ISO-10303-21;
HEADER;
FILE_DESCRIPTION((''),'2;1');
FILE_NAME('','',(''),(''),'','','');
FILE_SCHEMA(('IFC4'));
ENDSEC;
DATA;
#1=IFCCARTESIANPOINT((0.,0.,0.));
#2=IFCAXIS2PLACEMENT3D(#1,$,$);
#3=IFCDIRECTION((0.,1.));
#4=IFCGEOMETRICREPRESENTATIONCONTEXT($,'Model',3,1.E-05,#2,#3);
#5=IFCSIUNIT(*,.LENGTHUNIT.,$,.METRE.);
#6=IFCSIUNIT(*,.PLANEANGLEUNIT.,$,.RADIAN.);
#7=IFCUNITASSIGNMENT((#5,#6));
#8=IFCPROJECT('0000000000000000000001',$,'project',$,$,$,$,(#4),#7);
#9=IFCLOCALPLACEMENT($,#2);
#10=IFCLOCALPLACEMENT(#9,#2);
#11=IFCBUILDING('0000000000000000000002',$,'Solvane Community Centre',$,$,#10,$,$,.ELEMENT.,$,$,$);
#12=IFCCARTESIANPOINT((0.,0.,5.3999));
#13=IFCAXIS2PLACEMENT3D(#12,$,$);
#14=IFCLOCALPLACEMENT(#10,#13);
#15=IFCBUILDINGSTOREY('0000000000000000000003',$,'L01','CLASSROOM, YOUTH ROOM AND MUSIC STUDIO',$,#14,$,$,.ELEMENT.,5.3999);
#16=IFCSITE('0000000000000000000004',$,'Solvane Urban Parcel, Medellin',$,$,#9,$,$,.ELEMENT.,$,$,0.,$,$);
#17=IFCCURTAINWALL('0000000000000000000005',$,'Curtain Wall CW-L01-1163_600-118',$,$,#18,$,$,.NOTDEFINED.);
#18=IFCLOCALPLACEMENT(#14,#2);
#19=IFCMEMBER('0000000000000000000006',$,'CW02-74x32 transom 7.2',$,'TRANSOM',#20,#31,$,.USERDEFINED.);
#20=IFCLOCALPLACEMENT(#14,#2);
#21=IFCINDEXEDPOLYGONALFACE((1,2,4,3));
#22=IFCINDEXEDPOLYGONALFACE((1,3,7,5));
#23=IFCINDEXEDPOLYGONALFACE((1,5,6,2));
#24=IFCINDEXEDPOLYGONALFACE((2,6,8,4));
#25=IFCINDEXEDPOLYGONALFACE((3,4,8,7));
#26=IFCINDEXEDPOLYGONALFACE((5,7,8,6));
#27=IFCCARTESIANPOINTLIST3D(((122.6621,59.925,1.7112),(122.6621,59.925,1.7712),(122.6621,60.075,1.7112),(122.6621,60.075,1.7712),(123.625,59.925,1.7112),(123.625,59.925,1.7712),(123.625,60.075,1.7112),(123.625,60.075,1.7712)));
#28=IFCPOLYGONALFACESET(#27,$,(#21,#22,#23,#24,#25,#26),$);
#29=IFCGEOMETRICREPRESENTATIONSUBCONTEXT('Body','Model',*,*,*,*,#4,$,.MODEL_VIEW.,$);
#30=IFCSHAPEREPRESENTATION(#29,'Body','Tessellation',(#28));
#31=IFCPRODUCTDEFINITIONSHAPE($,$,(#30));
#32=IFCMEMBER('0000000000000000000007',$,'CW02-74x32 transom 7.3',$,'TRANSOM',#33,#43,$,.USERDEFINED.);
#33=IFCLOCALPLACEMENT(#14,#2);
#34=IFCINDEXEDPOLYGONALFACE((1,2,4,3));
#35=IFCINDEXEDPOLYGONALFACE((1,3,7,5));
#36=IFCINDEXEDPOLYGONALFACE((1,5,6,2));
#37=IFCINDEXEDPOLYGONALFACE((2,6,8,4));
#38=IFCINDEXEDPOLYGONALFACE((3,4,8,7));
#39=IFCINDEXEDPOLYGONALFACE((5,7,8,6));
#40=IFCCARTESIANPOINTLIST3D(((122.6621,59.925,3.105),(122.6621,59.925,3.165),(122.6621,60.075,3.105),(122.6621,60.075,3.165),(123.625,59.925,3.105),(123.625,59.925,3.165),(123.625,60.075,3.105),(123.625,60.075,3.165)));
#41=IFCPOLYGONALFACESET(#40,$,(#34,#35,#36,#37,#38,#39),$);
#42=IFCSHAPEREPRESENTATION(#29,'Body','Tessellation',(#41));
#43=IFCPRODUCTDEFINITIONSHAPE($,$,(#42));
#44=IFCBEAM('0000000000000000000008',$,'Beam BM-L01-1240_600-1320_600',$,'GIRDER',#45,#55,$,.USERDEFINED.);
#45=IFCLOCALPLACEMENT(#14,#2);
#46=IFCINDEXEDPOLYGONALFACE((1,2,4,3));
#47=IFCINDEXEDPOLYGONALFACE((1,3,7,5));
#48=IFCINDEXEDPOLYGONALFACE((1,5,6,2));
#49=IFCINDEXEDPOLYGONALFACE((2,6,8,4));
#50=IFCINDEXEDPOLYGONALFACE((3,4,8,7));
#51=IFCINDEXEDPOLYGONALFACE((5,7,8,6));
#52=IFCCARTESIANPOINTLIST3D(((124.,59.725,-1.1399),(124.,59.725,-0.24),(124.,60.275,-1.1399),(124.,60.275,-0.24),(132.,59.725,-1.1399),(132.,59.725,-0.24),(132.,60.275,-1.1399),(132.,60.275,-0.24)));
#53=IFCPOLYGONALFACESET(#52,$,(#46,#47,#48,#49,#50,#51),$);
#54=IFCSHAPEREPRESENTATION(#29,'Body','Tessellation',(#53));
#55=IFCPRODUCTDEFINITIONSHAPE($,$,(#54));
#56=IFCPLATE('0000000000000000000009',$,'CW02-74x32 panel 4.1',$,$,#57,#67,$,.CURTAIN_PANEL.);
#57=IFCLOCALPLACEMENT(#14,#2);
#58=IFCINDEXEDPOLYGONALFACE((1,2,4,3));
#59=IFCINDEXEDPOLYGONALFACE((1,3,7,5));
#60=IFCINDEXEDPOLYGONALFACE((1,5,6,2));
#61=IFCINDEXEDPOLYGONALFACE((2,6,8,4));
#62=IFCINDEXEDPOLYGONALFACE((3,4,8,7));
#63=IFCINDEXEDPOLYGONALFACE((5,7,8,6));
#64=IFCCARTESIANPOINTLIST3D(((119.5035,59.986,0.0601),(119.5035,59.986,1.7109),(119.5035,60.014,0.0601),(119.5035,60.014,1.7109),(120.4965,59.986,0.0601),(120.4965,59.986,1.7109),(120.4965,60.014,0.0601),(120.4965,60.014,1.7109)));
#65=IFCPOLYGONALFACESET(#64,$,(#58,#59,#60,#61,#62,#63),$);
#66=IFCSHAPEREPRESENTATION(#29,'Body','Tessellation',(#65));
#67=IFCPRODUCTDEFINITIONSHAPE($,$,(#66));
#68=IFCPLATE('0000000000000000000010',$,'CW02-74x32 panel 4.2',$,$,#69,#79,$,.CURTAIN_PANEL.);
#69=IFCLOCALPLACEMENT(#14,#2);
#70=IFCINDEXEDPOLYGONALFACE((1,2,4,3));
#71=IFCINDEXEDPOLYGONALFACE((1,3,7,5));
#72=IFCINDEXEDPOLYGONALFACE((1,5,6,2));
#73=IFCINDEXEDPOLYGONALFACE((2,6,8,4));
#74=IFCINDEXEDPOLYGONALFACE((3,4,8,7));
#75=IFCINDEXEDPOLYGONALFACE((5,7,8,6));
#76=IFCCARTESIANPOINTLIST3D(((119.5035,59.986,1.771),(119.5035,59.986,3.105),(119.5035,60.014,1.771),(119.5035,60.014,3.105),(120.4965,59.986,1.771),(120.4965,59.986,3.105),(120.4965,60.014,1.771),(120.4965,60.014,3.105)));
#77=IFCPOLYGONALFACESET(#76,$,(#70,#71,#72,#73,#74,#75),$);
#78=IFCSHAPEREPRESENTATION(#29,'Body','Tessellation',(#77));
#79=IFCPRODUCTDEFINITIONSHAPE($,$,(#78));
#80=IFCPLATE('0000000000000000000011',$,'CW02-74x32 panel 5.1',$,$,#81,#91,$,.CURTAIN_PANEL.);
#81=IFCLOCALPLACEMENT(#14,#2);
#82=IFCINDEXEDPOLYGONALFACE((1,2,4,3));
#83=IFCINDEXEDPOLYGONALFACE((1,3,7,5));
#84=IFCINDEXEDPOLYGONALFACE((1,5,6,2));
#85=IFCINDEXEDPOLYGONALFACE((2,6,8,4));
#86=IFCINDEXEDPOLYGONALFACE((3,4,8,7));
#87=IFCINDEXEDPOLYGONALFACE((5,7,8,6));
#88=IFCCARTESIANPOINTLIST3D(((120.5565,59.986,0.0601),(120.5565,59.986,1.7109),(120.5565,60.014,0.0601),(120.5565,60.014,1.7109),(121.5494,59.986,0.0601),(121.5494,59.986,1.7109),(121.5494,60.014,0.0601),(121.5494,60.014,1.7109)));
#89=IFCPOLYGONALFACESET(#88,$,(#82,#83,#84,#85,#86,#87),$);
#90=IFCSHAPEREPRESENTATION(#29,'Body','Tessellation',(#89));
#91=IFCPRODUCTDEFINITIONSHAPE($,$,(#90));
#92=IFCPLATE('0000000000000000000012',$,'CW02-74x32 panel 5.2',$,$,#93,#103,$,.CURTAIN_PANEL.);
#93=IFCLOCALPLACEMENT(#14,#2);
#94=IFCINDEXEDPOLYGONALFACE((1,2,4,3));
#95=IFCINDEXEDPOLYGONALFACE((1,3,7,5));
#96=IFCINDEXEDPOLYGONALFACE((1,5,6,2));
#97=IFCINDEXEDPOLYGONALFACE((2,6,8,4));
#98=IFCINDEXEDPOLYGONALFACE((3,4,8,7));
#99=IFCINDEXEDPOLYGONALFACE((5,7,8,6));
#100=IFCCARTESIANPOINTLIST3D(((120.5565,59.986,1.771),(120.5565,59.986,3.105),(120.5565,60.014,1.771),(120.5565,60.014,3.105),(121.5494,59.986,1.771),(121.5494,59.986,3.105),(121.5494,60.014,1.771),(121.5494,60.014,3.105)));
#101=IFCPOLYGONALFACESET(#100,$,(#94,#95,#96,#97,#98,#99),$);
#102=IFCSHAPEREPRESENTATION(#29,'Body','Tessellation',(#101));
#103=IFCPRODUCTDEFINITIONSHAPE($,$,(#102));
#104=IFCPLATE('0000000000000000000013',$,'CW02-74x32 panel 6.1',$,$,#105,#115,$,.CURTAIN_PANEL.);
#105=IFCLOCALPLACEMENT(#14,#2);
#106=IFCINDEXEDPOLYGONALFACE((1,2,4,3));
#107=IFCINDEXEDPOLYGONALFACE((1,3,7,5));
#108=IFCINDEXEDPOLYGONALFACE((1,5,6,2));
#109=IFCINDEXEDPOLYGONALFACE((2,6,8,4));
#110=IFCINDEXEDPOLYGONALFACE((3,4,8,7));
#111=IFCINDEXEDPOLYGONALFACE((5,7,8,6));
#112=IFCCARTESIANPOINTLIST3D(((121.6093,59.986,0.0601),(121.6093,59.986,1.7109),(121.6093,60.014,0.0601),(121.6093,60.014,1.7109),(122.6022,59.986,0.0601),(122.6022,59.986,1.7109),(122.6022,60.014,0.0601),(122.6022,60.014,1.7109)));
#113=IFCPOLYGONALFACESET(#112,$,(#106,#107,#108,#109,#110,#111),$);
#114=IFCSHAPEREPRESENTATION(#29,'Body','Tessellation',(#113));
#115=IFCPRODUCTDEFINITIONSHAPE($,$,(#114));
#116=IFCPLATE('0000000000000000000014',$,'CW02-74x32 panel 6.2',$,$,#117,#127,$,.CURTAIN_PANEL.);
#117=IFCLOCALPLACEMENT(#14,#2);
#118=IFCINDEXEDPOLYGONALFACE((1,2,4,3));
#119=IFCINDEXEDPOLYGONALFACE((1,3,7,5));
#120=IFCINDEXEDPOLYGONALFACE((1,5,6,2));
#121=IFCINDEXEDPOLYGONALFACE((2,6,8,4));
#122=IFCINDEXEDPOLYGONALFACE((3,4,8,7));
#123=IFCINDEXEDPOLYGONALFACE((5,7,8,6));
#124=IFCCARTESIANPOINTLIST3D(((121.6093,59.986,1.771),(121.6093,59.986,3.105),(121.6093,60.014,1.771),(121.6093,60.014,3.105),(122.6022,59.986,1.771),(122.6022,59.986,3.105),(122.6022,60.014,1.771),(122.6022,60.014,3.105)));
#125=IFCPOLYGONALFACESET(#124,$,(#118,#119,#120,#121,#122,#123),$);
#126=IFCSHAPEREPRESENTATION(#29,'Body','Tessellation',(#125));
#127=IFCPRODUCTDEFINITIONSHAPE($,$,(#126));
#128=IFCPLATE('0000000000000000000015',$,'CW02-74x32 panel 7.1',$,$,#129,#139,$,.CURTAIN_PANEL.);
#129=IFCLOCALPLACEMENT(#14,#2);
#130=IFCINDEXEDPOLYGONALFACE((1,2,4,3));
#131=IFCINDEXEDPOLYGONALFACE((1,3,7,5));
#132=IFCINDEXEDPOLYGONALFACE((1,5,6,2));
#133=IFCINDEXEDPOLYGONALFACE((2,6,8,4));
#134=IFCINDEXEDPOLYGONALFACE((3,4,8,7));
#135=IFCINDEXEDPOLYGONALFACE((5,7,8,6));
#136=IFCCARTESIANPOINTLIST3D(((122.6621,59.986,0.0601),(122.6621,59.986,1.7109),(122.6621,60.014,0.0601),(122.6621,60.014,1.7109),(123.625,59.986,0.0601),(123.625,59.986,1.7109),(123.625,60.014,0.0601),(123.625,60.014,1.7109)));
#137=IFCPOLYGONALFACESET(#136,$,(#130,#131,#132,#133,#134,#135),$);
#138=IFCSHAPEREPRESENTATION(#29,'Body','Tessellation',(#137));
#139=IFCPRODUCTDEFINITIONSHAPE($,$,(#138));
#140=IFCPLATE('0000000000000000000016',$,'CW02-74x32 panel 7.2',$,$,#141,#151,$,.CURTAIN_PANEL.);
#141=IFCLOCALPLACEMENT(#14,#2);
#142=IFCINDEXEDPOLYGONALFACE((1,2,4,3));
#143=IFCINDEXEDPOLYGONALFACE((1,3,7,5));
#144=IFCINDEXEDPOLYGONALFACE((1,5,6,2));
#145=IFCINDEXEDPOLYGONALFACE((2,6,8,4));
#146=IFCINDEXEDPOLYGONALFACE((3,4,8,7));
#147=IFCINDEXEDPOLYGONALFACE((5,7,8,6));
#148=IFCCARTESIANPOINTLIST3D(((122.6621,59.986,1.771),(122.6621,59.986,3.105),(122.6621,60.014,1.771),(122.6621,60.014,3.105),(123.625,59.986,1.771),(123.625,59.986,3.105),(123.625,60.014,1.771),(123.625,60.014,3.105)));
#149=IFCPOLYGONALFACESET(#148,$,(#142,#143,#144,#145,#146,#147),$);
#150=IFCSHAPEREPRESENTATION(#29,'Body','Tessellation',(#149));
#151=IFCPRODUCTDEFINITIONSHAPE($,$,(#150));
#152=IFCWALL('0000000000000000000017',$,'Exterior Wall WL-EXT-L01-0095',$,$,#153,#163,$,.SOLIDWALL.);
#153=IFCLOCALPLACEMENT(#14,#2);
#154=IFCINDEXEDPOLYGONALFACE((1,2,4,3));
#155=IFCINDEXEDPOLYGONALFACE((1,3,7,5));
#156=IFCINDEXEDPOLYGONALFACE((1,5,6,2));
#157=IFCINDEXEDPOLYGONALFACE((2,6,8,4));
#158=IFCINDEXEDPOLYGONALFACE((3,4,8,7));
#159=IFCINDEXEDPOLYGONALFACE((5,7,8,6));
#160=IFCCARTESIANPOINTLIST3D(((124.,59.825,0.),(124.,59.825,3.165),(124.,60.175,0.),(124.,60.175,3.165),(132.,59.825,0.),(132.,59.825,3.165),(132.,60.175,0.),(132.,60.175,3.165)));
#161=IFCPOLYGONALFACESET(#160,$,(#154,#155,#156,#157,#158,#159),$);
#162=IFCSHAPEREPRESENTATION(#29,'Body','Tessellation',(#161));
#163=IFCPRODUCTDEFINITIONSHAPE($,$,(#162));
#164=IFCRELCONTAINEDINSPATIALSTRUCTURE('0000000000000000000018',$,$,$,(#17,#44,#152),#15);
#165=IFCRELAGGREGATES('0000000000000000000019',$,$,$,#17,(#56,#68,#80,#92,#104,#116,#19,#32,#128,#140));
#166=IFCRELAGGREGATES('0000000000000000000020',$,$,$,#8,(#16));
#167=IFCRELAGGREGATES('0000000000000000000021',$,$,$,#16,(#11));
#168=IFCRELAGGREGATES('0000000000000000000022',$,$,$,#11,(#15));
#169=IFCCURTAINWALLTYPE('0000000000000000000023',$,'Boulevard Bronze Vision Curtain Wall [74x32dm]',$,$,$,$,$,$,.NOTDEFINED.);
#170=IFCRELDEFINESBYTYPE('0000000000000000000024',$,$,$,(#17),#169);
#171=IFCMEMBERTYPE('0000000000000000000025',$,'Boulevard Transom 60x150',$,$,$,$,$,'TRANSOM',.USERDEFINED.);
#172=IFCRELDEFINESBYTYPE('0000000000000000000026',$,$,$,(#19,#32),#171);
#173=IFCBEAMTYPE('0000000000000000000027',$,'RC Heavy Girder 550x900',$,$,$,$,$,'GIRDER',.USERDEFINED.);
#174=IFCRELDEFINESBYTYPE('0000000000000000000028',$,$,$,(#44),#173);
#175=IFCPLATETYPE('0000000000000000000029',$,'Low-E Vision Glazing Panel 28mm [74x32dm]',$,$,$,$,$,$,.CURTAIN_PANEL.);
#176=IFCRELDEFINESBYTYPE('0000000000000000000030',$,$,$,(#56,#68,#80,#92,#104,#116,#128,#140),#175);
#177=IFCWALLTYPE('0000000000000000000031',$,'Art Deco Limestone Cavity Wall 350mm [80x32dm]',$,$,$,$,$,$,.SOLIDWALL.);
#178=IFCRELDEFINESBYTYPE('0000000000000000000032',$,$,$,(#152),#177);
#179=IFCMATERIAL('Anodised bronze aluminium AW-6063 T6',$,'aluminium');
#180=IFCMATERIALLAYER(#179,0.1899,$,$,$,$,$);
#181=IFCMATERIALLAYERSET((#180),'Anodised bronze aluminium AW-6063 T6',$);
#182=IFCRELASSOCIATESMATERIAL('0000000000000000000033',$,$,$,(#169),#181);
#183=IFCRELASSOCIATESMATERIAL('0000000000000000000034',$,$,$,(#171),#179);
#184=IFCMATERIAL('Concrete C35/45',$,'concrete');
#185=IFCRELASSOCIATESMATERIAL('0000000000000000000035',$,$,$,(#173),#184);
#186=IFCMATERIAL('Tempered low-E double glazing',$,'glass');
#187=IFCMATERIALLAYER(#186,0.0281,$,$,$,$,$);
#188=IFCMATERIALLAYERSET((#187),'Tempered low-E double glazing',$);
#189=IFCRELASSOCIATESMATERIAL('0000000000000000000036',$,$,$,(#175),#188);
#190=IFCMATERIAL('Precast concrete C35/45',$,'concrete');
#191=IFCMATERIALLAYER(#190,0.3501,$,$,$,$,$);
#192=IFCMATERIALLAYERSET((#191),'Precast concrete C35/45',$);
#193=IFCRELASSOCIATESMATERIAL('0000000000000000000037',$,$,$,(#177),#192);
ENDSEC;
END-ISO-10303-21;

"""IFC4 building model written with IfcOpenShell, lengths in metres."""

from ifc_helpers import new_model, si_unit, direction, frame, frame_2d, origin, origin_2d, place, context, subcontext, project, spatial, rectangle, extrude, material, layer, layer_set, material_profile, profile_set, type_object, element, aggregate, save


model = new_model("IFC4")

# Units and contexts
model_context = context("Model", 3, precision=1e-05, world=origin(), true_north=direction((0.0, 1.0)))
body_context = subcontext(model_context, "Body", "Model", "MODEL_VIEW")
ifc_project = project(units=[si_unit("LENGTHUNIT", "METRE"), si_unit("PLANEANGLEUNIT", "RADIAN")], contexts=[model_context])

# Site, building, storey
site_placement = place(None, origin())
site = spatial("IfcSite", under=ifc_project, at=site_placement, Name="Solvane Urban Parcel, Medellin", CompositionType="ELEMENT", RefElevation=0.0)
building_placement = place(site_placement, origin())
building = spatial("IfcBuilding", under=site, at=building_placement, Name="Solvane Community Centre", CompositionType="ELEMENT")
storey_placement = place(building_placement, frame((0.0, 0.0, 5.3999)))
storey = spatial("IfcBuildingStorey", under=building, at=storey_placement, Name="L01", Description="CLASSROOM, YOUTH ROOM AND MUSIC STUDIO", CompositionType="ELEMENT", Elevation=5.3999)

# Shared definitions
ifc_material_1 = material(Name="Concrete C35/45", Category="concrete")

# Curtain wall, members
ifc_material_2 = material(Name="Anodised bronze aluminium AW-6063 T6", Category="aluminium")
ifc_layer_1 = layer(ifc_material_2, 0.1899)
ifc_layer_set_1 = layer_set([ifc_layer_1], Name="Anodised bronze aluminium AW-6063 T6")
curtain_wall_type = type_object("IfcCurtainWallType", Name="Boulevard Bronze Vision Curtain Wall [74x32dm]", PredefinedType="NOTDEFINED", material=ifc_layer_set_1)
curtain_wall_placement = place(storey_placement, origin())
curtain_wall = element("IfcCurtainWall", 1, at=curtain_wall_placement, inside=storey, type_object=curtain_wall_type, Name="Curtain Wall CW-L01-1163_600-118", PredefinedType="NOTDEFINED")
ifc_material_profile_1 = material_profile(ifc_material_2, rectangle(XDim=0.1499, YDim=0.0601, at=origin_2d()), Name="CW-T 60x150")
ifc_profile_set_1 = profile_set([ifc_material_profile_1], Name="Anodised bronze aluminium AW-6063 T6")
member_type_1 = type_object("IfcMemberType", Name="Boulevard Transom 60x150", ElementType="TRANSOM", PredefinedType="USERDEFINED", material=ifc_profile_set_1)
member_1_placement = place(storey_placement, frame((122.6621, 60.0, 1.7412), z_axis=(1.0, 0.0, 0.0), x_axis=(0.0, 1.0, 0.0)))
member_1 = element("IfcMember", 2, at=member_1_placement, type_object=member_type_1, Name="CW02-74x32 transom 7.2", ObjectType="TRANSOM", PredefinedType="USERDEFINED", context=body_context, shape_type="SweptSolid", body=[
    extrude(rectangle(XDim=0.1499, YDim=0.0601, at=origin_2d()), origin(), (0.0, 0.0, 1.0), 0.9629),
])
member_2_placement = place(storey_placement, frame((122.6621, 60.0, 3.135), z_axis=(1.0, 0.0, 0.0), x_axis=(0.0, 1.0, 0.0)))
member_2 = element("IfcMember", 3, at=member_2_placement, type_object=member_type_1, Name="CW02-74x32 transom 7.3", ObjectType="TRANSOM", PredefinedType="USERDEFINED", context=body_context, shape_type="SweptSolid", body=[
    extrude(rectangle(XDim=0.1499, YDim=0.0601, at=origin_2d()), origin(), (0.0, 0.0, 1.0), 0.9629),
])

# Beam
ifc_material_profile_2 = material_profile(ifc_material_1, rectangle(XDim=0.55, YDim=0.8999, at=origin_2d()), Name="RC 550x900")
ifc_profile_set_2 = profile_set([ifc_material_profile_2], Name="Concrete C35/45")
beam_type = type_object("IfcBeamType", Name="RC Heavy Girder 550x900", ElementType="GIRDER", PredefinedType="USERDEFINED", material=ifc_profile_set_2)
beam_placement = place(storey_placement, frame((124.0, 60.0, -0.6899), z_axis=(1.0, 0.0, 0.0), x_axis=(0.0, 1.0, 0.0)))
element("IfcBeam", 4, at=beam_placement, inside=storey, type_object=beam_type, Name="Beam BM-L01-1240_600-1320_600", ObjectType="GIRDER", PredefinedType="USERDEFINED", context=body_context, shape_type="SweptSolid", body=[
    extrude(rectangle(XDim=0.55, YDim=0.8999, at=origin_2d()), origin(), (0.0, 0.0, 1.0), 8.0),
])

# Plates
ifc_material_3 = material(Name="Tempered low-E double glazing", Category="glass")
ifc_layer_2 = layer(ifc_material_3, 0.0281)
ifc_layer_set_2 = layer_set([ifc_layer_2], Name="Tempered low-E double glazing")
plate_type = type_object("IfcPlateType", Name="Low-E Vision Glazing Panel 28mm [74x32dm]", PredefinedType="CURTAIN_PANEL", material=ifc_layer_set_2)
plate_1_placement = place(storey_placement, frame((120.0, 60.0, 0.0601), z_axis=(0.0, 0.0, 1.0), x_axis=(1.0, 0.0, 0.0)))
plate_1 = element("IfcPlate", 5, at=plate_1_placement, type_object=plate_type, Name="CW02-74x32 panel 4.1", PredefinedType="CURTAIN_PANEL", context=body_context, shape_type="SweptSolid", body=[
    extrude(rectangle(XDim=0.9929, YDim=0.0281, at=origin_2d()), origin(), (0.0, 0.0, 1.0), 1.6509),
])
plate_2_placement = place(storey_placement, frame((120.0, 60.0, 1.771), z_axis=(0.0, 0.0, 1.0), x_axis=(1.0, 0.0, 0.0)))
plate_2 = element("IfcPlate", 6, at=plate_2_placement, type_object=plate_type, Name="CW02-74x32 panel 4.2", PredefinedType="CURTAIN_PANEL", context=body_context, shape_type="SweptSolid", body=[
    extrude(rectangle(XDim=0.9929, YDim=0.0281, at=origin_2d()), origin(), (0.0, 0.0, 1.0), 1.334),
])
plate_3_placement = place(storey_placement, frame((121.053, 60.0, 0.0601), z_axis=(0.0, 0.0, 1.0), x_axis=(1.0, 0.0, 0.0)))
plate_3 = element("IfcPlate", 7, at=plate_3_placement, type_object=plate_type, Name="CW02-74x32 panel 5.1", PredefinedType="CURTAIN_PANEL", context=body_context, shape_type="SweptSolid", body=[
    extrude(rectangle(XDim=0.9929, YDim=0.0281, at=origin_2d()), origin(), (0.0, 0.0, 1.0), 1.6509),
])
plate_4_placement = place(storey_placement, frame((121.053, 60.0, 1.771), z_axis=(0.0, 0.0, 1.0), x_axis=(1.0, 0.0, 0.0)))
plate_4 = element("IfcPlate", 8, at=plate_4_placement, type_object=plate_type, Name="CW02-74x32 panel 5.2", PredefinedType="CURTAIN_PANEL", context=body_context, shape_type="SweptSolid", body=[
    extrude(rectangle(XDim=0.9929, YDim=0.0281, at=origin_2d()), origin(), (0.0, 0.0, 1.0), 1.334),
])
plate_5_placement = place(storey_placement, frame((122.1057, 60.0, 0.0601), z_axis=(0.0, 0.0, 1.0), x_axis=(1.0, 0.0, 0.0)))
plate_5 = element("IfcPlate", 9, at=plate_5_placement, type_object=plate_type, Name="CW02-74x32 panel 6.1", PredefinedType="CURTAIN_PANEL", context=body_context, shape_type="SweptSolid", body=[
    extrude(rectangle(XDim=0.9929, YDim=0.0281, at=origin_2d()), origin(), (0.0, 0.0, 1.0), 1.6509),
])
plate_6_placement = place(storey_placement, frame((122.1057, 60.0, 1.771), z_axis=(0.0, 0.0, 1.0), x_axis=(1.0, 0.0, 0.0)))
plate_6 = element("IfcPlate", 10, at=plate_6_placement, type_object=plate_type, Name="CW02-74x32 panel 6.2", PredefinedType="CURTAIN_PANEL", context=body_context, shape_type="SweptSolid", body=[
    extrude(rectangle(XDim=0.9929, YDim=0.0281, at=origin_2d()), origin(), (0.0, 0.0, 1.0), 1.334),
])
plate_7_placement = place(storey_placement, frame((123.1436, 60.0, 0.0601), z_axis=(0.0, 0.0, 1.0), x_axis=(1.0, 0.0, 0.0)))
plate_7 = element("IfcPlate", 11, at=plate_7_placement, type_object=plate_type, Name="CW02-74x32 panel 7.1", PredefinedType="CURTAIN_PANEL", context=body_context, shape_type="SweptSolid", body=[
    extrude(rectangle(XDim=0.9629, YDim=0.0281, at=origin_2d()), origin(), (0.0, 0.0, 1.0), 1.6509),
])
plate_8_placement = place(storey_placement, frame((123.1436, 60.0, 1.771), z_axis=(0.0, 0.0, 1.0), x_axis=(1.0, 0.0, 0.0)))
plate_8 = element("IfcPlate", 12, at=plate_8_placement, type_object=plate_type, Name="CW02-74x32 panel 7.2", PredefinedType="CURTAIN_PANEL", context=body_context, shape_type="SweptSolid", body=[
    extrude(rectangle(XDim=0.9629, YDim=0.0281, at=origin_2d()), origin(), (0.0, 0.0, 1.0), 1.334),
])
aggregate(curtain_wall, [plate_1, plate_2, plate_3, plate_4, plate_5, plate_6, member_1, member_2, plate_7, plate_8])

# Wall
ifc_material_4 = material(Name="Precast concrete C35/45", Category="concrete")
ifc_layer_3 = layer(ifc_material_4, 0.3501)
ifc_layer_set_3 = layer_set([ifc_layer_3], Name="Precast concrete C35/45")
wall_type = type_object("IfcWallType", Name="Art Deco Limestone Cavity Wall 350mm [80x32dm]", PredefinedType="SOLIDWALL", material=ifc_layer_set_3)
wall_placement = place(storey_placement, frame((124.0, 60.0, 0.0), z_axis=(0.0, 0.0, 1.0), x_axis=(1.0, 0.0, 0.0)))
element("IfcWall", 13, at=wall_placement, inside=storey, type_object=wall_type, Name="Exterior Wall WL-EXT-L01-0095", PredefinedType="SOLIDWALL", context=body_context, shape_type="SweptSolid", body=[
    extrude(rectangle(XDim=8.0, YDim=0.3501, at=frame_2d((4.0, 0.0))), origin(), (0.0, 0.0, 1.0), 3.165),
])

save(model, "model.ifc")
